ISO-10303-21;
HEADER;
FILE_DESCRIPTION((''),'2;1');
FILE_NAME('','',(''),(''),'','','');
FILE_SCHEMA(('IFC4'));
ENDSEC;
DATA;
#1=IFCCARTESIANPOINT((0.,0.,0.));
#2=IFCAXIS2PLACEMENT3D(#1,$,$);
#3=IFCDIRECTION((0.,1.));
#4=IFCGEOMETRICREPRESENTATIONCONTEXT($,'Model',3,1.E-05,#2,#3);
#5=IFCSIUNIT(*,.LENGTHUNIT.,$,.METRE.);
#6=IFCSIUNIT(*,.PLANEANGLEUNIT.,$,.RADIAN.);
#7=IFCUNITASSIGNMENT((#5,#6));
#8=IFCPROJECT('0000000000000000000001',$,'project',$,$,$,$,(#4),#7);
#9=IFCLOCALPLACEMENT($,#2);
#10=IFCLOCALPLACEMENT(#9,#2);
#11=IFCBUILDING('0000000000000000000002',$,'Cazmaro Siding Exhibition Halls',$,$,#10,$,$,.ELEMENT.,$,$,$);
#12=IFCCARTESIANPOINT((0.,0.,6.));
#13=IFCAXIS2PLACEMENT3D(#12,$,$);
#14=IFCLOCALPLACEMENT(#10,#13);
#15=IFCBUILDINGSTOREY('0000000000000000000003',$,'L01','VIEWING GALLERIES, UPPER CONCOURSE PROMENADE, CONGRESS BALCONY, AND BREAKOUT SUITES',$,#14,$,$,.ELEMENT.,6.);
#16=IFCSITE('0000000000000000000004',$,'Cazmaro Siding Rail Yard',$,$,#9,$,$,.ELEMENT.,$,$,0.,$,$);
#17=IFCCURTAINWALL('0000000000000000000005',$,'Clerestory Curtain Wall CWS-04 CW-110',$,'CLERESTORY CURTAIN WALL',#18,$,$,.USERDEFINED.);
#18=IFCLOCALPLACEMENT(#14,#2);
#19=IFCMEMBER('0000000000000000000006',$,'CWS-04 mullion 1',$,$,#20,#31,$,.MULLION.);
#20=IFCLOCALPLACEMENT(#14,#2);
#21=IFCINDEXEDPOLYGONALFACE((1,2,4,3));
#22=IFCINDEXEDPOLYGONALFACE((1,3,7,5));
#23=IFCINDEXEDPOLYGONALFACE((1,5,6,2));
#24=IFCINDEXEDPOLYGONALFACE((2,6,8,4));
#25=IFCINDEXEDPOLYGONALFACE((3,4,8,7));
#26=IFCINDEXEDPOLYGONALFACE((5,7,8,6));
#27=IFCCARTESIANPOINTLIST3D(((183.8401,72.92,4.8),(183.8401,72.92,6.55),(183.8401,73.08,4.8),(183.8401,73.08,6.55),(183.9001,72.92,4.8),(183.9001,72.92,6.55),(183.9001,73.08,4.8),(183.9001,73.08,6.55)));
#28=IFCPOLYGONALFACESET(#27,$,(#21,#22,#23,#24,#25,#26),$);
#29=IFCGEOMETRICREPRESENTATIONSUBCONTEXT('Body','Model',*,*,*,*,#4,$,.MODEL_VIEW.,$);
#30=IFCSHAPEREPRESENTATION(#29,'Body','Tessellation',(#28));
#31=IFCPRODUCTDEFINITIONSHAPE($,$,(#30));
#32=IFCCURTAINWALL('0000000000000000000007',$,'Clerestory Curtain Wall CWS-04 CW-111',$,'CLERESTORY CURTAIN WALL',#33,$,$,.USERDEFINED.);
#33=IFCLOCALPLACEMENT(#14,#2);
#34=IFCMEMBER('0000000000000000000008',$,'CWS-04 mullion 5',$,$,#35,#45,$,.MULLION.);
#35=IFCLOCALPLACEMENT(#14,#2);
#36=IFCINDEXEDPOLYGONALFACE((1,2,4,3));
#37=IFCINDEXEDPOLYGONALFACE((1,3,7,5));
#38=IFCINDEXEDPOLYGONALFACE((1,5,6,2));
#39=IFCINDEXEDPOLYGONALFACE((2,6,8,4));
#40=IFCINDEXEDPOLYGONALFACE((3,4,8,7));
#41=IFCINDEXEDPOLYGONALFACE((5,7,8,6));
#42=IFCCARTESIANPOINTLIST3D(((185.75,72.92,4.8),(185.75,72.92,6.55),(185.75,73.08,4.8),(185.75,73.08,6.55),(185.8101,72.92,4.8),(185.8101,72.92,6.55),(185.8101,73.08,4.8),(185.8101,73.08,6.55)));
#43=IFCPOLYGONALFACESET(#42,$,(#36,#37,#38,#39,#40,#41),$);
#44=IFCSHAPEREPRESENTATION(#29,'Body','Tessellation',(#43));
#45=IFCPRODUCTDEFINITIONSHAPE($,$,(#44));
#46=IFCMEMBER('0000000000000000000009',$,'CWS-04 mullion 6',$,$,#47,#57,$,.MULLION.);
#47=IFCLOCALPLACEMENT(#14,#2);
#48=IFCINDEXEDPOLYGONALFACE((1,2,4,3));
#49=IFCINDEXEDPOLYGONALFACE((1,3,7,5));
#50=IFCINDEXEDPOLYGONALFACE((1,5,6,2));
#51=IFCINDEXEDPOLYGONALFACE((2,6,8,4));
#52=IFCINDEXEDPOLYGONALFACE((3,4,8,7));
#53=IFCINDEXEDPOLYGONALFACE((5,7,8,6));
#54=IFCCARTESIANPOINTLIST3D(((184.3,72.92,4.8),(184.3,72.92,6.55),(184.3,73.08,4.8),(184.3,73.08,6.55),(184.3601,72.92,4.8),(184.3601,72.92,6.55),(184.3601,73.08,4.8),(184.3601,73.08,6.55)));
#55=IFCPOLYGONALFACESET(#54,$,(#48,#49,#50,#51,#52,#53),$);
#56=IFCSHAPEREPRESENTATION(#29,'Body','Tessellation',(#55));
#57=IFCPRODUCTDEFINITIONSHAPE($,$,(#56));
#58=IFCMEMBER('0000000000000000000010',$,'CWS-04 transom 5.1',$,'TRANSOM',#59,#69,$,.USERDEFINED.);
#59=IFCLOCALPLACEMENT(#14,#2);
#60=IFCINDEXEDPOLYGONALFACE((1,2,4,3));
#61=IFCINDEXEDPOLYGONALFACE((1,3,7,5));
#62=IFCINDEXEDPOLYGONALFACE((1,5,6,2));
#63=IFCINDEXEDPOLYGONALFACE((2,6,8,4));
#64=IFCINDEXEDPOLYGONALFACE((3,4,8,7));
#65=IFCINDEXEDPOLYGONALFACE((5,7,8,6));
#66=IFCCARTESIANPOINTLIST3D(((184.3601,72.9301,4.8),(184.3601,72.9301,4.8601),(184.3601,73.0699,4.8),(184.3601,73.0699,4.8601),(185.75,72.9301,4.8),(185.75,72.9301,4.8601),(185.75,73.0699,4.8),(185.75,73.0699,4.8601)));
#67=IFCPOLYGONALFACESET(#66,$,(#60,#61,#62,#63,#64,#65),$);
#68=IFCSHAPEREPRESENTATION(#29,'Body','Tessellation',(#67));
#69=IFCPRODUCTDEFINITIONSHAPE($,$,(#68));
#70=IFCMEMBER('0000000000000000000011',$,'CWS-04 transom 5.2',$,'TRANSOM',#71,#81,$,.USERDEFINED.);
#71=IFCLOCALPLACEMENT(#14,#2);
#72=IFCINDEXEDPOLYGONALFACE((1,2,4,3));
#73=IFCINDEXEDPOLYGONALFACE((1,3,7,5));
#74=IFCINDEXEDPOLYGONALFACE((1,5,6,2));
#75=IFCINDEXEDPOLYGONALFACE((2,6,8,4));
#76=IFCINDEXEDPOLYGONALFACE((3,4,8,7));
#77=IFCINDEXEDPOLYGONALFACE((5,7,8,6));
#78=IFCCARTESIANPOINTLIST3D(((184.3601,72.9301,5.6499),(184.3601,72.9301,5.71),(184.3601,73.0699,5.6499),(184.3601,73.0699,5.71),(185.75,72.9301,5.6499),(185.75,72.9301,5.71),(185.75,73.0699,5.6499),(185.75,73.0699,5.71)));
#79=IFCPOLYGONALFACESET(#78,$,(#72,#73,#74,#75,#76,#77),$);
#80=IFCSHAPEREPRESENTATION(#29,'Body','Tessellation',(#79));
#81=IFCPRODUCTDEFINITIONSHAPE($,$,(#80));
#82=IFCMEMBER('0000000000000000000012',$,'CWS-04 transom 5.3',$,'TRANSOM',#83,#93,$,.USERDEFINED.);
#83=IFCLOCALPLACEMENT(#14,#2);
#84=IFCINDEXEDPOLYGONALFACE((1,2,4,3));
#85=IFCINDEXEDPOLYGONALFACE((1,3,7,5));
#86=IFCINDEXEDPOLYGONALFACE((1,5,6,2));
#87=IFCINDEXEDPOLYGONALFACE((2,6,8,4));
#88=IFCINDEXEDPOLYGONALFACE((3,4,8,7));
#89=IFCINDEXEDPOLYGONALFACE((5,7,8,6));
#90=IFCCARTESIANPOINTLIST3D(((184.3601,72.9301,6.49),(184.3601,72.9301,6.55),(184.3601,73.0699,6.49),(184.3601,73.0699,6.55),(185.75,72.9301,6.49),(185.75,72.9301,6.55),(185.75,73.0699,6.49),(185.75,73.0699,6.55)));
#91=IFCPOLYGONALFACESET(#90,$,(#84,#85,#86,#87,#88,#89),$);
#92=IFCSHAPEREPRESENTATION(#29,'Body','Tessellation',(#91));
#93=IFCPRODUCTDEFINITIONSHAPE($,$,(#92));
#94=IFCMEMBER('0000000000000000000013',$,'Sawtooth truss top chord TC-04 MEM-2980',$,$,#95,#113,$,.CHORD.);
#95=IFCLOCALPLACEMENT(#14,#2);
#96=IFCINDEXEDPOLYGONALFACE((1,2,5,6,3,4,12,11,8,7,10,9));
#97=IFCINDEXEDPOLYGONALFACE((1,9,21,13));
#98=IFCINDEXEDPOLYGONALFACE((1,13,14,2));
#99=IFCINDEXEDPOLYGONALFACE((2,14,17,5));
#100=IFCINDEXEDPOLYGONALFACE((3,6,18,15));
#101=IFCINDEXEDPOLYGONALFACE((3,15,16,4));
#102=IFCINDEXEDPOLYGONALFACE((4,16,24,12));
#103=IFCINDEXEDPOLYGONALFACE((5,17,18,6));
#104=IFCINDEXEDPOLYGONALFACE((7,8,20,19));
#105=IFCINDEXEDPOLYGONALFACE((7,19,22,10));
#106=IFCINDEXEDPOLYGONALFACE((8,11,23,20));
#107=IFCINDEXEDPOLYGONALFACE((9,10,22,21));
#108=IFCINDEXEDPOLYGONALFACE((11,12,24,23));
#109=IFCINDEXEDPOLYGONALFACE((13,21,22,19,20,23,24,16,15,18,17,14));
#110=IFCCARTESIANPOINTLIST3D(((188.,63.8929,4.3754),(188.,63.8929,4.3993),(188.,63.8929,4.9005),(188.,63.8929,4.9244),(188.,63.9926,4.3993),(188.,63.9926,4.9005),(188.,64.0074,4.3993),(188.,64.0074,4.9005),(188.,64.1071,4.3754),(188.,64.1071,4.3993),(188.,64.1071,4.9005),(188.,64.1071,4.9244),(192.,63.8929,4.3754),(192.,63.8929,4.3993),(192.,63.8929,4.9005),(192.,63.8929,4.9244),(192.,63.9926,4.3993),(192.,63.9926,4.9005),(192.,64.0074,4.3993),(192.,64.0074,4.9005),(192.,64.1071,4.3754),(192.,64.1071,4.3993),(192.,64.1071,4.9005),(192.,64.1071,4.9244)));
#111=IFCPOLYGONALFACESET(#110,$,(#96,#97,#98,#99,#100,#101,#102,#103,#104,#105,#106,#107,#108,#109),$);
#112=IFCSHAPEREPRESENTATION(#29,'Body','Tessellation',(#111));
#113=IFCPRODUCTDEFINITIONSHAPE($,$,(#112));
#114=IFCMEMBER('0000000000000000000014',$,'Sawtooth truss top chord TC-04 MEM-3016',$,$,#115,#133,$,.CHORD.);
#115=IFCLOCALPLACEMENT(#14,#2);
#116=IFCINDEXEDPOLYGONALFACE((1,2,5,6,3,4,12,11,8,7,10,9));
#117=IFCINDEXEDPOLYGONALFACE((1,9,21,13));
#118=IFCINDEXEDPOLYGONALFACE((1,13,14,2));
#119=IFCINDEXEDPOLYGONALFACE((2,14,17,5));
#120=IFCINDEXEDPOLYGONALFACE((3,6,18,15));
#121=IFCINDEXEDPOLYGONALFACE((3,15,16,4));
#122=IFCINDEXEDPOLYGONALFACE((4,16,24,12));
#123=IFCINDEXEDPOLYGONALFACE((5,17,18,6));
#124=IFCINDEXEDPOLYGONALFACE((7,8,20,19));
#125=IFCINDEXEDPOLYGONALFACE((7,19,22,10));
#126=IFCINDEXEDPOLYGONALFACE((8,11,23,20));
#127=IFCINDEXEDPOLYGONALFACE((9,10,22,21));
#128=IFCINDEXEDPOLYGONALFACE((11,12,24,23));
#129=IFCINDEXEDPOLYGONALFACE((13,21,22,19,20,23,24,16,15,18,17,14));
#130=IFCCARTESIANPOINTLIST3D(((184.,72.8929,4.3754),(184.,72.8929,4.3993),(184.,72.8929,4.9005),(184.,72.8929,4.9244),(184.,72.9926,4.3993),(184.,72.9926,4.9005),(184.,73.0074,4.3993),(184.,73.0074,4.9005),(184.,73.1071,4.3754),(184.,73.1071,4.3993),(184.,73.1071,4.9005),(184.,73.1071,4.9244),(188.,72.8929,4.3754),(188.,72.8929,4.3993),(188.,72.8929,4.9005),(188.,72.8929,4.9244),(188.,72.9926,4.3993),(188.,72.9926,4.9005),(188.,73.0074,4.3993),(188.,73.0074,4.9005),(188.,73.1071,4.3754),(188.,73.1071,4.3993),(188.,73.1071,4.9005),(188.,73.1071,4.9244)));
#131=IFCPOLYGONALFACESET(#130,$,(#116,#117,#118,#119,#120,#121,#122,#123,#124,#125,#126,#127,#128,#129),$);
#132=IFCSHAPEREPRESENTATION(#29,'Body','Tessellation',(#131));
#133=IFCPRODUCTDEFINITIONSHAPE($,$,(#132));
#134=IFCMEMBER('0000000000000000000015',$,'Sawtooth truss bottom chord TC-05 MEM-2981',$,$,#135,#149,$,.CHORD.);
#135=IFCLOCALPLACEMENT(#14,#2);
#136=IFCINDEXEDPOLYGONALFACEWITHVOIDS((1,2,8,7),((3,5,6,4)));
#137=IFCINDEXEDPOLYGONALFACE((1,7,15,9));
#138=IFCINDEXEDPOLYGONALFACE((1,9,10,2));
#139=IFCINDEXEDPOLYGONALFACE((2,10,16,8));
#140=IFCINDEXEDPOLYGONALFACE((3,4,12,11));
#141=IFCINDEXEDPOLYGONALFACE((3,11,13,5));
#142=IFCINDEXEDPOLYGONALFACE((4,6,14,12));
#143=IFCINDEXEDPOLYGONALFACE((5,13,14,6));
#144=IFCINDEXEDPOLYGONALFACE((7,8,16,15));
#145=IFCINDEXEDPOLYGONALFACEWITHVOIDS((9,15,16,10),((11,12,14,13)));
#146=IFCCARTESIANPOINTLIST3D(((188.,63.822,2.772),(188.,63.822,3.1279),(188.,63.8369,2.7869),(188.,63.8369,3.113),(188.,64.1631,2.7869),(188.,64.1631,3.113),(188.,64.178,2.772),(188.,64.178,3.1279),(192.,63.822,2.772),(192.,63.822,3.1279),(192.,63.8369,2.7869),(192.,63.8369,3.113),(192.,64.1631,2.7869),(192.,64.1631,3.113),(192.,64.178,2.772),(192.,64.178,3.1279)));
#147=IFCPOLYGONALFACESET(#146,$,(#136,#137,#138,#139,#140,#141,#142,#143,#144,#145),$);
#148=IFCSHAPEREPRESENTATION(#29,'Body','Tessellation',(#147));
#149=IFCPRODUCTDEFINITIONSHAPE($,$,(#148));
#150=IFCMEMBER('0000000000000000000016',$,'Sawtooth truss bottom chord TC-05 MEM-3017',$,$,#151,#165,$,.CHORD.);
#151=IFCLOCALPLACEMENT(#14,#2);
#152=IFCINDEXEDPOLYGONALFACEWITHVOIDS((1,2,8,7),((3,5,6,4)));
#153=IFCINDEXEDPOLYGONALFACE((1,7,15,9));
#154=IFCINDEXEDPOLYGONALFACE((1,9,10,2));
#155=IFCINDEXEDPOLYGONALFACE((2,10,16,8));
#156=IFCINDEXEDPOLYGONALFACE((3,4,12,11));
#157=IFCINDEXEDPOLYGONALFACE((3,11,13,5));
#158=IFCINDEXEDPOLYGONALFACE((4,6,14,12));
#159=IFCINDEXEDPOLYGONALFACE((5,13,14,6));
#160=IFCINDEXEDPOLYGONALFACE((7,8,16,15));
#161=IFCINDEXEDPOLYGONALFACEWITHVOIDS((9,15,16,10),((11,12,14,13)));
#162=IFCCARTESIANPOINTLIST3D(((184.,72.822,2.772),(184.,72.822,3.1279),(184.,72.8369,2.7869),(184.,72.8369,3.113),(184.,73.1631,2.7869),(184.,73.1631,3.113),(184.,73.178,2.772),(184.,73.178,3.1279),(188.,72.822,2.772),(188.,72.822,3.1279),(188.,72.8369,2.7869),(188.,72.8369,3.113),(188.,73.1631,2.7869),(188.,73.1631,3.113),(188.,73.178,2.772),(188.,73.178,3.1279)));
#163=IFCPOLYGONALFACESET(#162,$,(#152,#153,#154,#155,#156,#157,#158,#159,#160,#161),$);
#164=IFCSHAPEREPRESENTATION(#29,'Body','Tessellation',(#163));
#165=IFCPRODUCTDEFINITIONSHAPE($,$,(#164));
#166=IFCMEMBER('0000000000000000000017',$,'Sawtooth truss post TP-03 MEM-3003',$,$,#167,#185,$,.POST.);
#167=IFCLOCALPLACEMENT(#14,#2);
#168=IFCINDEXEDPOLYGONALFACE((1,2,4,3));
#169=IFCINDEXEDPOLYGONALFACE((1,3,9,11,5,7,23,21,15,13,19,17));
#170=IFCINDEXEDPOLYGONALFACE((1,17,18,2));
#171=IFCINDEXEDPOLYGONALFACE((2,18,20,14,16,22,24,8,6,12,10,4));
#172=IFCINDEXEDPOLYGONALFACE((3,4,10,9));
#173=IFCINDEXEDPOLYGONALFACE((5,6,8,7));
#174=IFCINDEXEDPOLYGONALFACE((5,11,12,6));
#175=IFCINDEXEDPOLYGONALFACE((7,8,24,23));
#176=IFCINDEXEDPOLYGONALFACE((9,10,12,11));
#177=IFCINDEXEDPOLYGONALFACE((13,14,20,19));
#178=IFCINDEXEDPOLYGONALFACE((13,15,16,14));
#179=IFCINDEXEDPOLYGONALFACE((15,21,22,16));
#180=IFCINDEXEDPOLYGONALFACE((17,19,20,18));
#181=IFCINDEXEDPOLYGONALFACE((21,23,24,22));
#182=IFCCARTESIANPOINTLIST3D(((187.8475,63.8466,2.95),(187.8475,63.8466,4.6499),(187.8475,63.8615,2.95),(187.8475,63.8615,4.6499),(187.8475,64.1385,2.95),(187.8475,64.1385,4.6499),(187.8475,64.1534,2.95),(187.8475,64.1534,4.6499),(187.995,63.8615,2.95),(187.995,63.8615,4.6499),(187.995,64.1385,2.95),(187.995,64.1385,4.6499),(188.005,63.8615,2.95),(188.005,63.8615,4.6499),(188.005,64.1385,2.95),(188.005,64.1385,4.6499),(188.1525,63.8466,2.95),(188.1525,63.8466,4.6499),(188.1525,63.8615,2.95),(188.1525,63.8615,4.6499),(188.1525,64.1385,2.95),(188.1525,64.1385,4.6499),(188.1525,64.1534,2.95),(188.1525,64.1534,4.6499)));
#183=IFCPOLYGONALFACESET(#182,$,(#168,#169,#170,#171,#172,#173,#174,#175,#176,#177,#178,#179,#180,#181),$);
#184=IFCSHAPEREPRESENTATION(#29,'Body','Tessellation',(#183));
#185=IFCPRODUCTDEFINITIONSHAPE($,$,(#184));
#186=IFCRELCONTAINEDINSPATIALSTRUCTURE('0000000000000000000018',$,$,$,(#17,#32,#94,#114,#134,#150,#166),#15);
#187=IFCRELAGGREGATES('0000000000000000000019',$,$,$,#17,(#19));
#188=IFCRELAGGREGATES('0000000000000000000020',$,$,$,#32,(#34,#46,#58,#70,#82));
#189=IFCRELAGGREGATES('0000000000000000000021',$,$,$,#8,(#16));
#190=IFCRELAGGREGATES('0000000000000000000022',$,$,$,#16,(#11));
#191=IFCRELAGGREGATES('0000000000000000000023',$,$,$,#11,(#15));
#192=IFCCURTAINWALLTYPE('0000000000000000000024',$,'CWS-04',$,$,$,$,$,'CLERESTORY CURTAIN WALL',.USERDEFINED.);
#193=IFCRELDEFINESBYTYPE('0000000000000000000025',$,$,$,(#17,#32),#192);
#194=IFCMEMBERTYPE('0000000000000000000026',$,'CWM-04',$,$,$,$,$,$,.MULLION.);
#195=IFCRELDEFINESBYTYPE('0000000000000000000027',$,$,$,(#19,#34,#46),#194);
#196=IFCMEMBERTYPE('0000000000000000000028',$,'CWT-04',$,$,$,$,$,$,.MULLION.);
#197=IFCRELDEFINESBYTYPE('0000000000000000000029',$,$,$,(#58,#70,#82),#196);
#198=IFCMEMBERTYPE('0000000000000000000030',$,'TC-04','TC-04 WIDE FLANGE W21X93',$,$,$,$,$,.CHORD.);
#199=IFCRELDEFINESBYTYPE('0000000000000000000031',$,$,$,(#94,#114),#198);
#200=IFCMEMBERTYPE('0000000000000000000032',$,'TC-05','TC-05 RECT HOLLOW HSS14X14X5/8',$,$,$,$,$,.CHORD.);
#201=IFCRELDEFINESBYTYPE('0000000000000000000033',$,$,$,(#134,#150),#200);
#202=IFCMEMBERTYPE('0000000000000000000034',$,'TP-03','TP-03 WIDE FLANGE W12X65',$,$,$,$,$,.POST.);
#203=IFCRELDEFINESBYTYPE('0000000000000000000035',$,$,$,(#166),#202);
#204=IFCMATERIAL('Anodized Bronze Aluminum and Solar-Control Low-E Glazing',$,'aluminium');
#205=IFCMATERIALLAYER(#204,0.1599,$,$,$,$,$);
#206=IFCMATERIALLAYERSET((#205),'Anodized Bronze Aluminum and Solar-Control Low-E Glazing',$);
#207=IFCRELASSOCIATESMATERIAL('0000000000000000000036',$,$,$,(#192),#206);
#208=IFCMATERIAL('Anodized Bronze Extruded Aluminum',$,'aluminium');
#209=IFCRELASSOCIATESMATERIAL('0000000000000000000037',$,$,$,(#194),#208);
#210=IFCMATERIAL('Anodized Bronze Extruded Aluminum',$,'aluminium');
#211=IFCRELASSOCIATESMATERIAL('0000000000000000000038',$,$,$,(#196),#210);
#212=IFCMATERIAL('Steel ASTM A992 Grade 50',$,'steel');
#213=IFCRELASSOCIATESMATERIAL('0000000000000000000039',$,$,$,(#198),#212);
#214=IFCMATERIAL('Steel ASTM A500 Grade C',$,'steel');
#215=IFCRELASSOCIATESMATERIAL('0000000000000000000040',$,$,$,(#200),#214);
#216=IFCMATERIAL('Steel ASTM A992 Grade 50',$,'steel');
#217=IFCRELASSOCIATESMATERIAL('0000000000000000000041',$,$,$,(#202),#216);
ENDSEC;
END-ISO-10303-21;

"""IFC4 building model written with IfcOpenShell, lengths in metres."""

from ifc_helpers import new_model, si_unit, direction, frame, origin, origin_2d, place, context, subcontext, project, spatial, rectangle, hollow_rectangle, i_section, extrude, material, layer, layer_set, material_profile, profile_set, type_object, element, aggregate, save


model = new_model("IFC4")

# Units and contexts
model_context = context("Model", 3, precision=1e-05, world=origin(), true_north=direction((0.0, 1.0)))
body_context = subcontext(model_context, "Body", "Model", "MODEL_VIEW")
ifc_project = project(units=[si_unit("LENGTHUNIT", "METRE"), si_unit("PLANEANGLEUNIT", "RADIAN")], contexts=[model_context])

# Site, building, storey
site_placement = place(None, origin())
site = spatial("IfcSite", under=ifc_project, at=site_placement, Name="Cazmaro Siding Rail Yard", CompositionType="ELEMENT", RefElevation=0.0)
building_placement = place(site_placement, origin())
building = spatial("IfcBuilding", under=site, at=building_placement, Name="Cazmaro Siding Exhibition Halls", CompositionType="ELEMENT")
storey_placement = place(building_placement, frame((0.0, 0.0, 6.0)))
storey = spatial("IfcBuildingStorey", under=building, at=storey_placement, Name="L01", Description="VIEWING GALLERIES, UPPER CONCOURSE PROMENADE, CONGRESS BALCONY, AND BREAKOUT SUITES", CompositionType="ELEMENT", Elevation=6.0)

# Curtain wall, member
ifc_material_1 = material(Name="Anodized Bronze Aluminum and Solar-Control Low-E Glazing", Category="aluminium")
ifc_layer_1 = layer(ifc_material_1, 0.1599)
ifc_layer_set_1 = layer_set([ifc_layer_1], Name="Anodized Bronze Aluminum and Solar-Control Low-E Glazing")
curtain_wall_type = type_object("IfcCurtainWallType", Name="CWS-04", ElementType="CLERESTORY CURTAIN WALL", PredefinedType="USERDEFINED", material=ifc_layer_set_1)
curtain_wall_1_placement = place(storey_placement, origin())
curtain_wall_1 = element("IfcCurtainWall", 1, at=curtain_wall_1_placement, inside=storey, type_object=curtain_wall_type, Name="Clerestory Curtain Wall CWS-04 CW-110", ObjectType="CLERESTORY CURTAIN WALL", PredefinedType="USERDEFINED")
ifc_material_2 = material(Name="Anodized Bronze Extruded Aluminum", Category="aluminium")
ifc_material_profile_1 = material_profile(ifc_material_2, rectangle(XDim=0.1599, YDim=0.0601, at=origin_2d()), Name="CWM-04")
ifc_profile_set_1 = profile_set([ifc_material_profile_1], Name="Anodized Bronze Extruded Aluminum")
member_type_1 = type_object("IfcMemberType", Name="CWM-04", PredefinedType="MULLION", material=ifc_profile_set_1)
member_1_placement = place(storey_placement, frame((183.8701, 73.0, 4.8), z_axis=(0.0, 0.0, 1.0), x_axis=(0.0, -1.0, 0.0)))
member_1 = element("IfcMember", 2, at=member_1_placement, type_object=member_type_1, Name="CWS-04 mullion 1", PredefinedType="MULLION", context=body_context, shape_type="SweptSolid", body=[
    extrude(rectangle(XDim=0.1599, YDim=0.0601, at=origin_2d()), origin(), (0.0, 0.0, 1.0), 1.75),
])
aggregate(curtain_wall_1, [member_1])

# Curtain wall, members
curtain_wall_2_placement = place(storey_placement, origin())
curtain_wall_2 = element("IfcCurtainWall", 3, at=curtain_wall_2_placement, inside=storey, type_object=curtain_wall_type, Name="Clerestory Curtain Wall CWS-04 CW-111", ObjectType="CLERESTORY CURTAIN WALL", PredefinedType="USERDEFINED")
member_2_placement = place(storey_placement, frame((185.78, 73.0, 4.8), z_axis=(0.0, 0.0, 1.0), x_axis=(0.0, -1.0, 0.0)))
member_2 = element("IfcMember", 4, at=member_2_placement, type_object=member_type_1, Name="CWS-04 mullion 5", PredefinedType="MULLION", context=body_context, shape_type="SweptSolid", body=[
    extrude(rectangle(XDim=0.1599, YDim=0.0601, at=origin_2d()), origin(), (0.0, 0.0, 1.0), 1.75),
])
member_3_placement = place(storey_placement, frame((184.3301, 73.0, 4.8), z_axis=(0.0, 0.0, 1.0), x_axis=(0.0, -1.0, 0.0)))
member_3 = element("IfcMember", 5, at=member_3_placement, type_object=member_type_1, Name="CWS-04 mullion 6", PredefinedType="MULLION", context=body_context, shape_type="SweptSolid", body=[
    extrude(rectangle(XDim=0.1599, YDim=0.0601, at=origin_2d()), origin(), (0.0, 0.0, 1.0), 1.75),
])
ifc_material_3 = material(Name="Anodized Bronze Extruded Aluminum", Category="aluminium")
ifc_material_profile_2 = material_profile(ifc_material_3, rectangle(XDim=0.1399, YDim=0.0601, at=origin_2d()), Name="CWT-04")
ifc_profile_set_2 = profile_set([ifc_material_profile_2], Name="Anodized Bronze Extruded Aluminum")
member_type_2 = type_object("IfcMemberType", Name="CWT-04", PredefinedType="MULLION", material=ifc_profile_set_2)
member_4_placement = place(storey_placement, frame((185.75, 73.0, 4.8301), z_axis=(-1.0, 0.0, 0.0), x_axis=(0.0, -1.0, 0.0)))
member_4 = element("IfcMember", 6, at=member_4_placement, type_object=member_type_2, Name="CWS-04 transom 5.1", ObjectType="TRANSOM", PredefinedType="USERDEFINED", context=body_context, shape_type="SweptSolid", body=[
    extrude(rectangle(XDim=0.1399, YDim=0.0601, at=origin_2d()), origin(), (0.0, 0.0, 1.0), 1.3899),
])
member_5_placement = place(storey_placement, frame((185.75, 73.0, 5.6799), z_axis=(-1.0, 0.0, 0.0), x_axis=(0.0, -1.0, 0.0)))
member_5 = element("IfcMember", 7, at=member_5_placement, type_object=member_type_2, Name="CWS-04 transom 5.2", ObjectType="TRANSOM", PredefinedType="USERDEFINED", context=body_context, shape_type="SweptSolid", body=[
    extrude(rectangle(XDim=0.1399, YDim=0.0601, at=origin_2d()), origin(), (0.0, 0.0, 1.0), 1.3899),
])
member_6_placement = place(storey_placement, frame((185.75, 73.0, 6.52), z_axis=(-1.0, 0.0, 0.0), x_axis=(0.0, -1.0, 0.0)))
member_6 = element("IfcMember", 8, at=member_6_placement, type_object=member_type_2, Name="CWS-04 transom 5.3", ObjectType="TRANSOM", PredefinedType="USERDEFINED", context=body_context, shape_type="SweptSolid", body=[
    extrude(rectangle(XDim=0.1399, YDim=0.0601, at=origin_2d()), origin(), (0.0, 0.0, 1.0), 1.3899),
])

# Members
ifc_material_4 = material(Name="Steel ASTM A992 Grade 50", Category="steel")
ifc_material_profile_3 = material_profile(ifc_material_4, i_section(OverallWidth=0.2141, OverallDepth=0.5491, WebThickness=0.0149, FlangeThickness=0.0239, at=origin_2d()), Name="W21X93")
ifc_profile_set_3 = profile_set([ifc_material_profile_3], Name="Steel ASTM A992 Grade 50")
member_type_3 = type_object("IfcMemberType", Name="TC-04", Description="TC-04 WIDE FLANGE W21X93", PredefinedType="CHORD", material=ifc_profile_set_3)
for number, where, z_axis, x_axis, name in (
    (9, (188.0, 64.0, 4.6499), (1.0, 0.0, 0.0), (0.0, 1.0, 0.0), "Sawtooth truss top chord TC-04 MEM-2980"),
    (10, (184.0, 73.0, 4.6499), (1.0, 0.0, 0.0), (0.0, 1.0, 0.0), "Sawtooth truss top chord TC-04 MEM-3016"),
):
    element("IfcMember", number, at=place(storey_placement, frame(where, z_axis=z_axis, x_axis=x_axis)), inside=storey, type_object=member_type_3, Name=name, PredefinedType="CHORD", context=body_context, shape_type="SweptSolid", body=[
        extrude(i_section(OverallWidth=0.2141, OverallDepth=0.5491, WebThickness=0.0149, FlangeThickness=0.0239, at=origin_2d()), origin(), (0.0, 0.0, 1.0), 4.0),
    ])
ifc_material_5 = material(Name="Steel ASTM A500 Grade C", Category="steel")
ifc_material_profile_4 = material_profile(ifc_material_5, hollow_rectangle(XDim=0.356, YDim=0.356, WallThickness=0.0149, at=origin_2d()), Name="HSS14X14X5/8")
ifc_profile_set_4 = profile_set([ifc_material_profile_4], Name="Steel ASTM A500 Grade C")
member_type_4 = type_object("IfcMemberType", Name="TC-05", Description="TC-05 RECT HOLLOW HSS14X14X5/8", PredefinedType="CHORD", material=ifc_profile_set_4)
for number, where, z_axis, x_axis, name in (
    (11, (188.0, 64.0, 2.95), (1.0, 0.0, 0.0), (0.0, 1.0, 0.0), "Sawtooth truss bottom chord TC-05 MEM-2981"),
    (12, (184.0, 73.0, 2.95), (1.0, 0.0, 0.0), (0.0, 1.0, 0.0), "Sawtooth truss bottom chord TC-05 MEM-3017"),
):
    element("IfcMember", number, at=place(storey_placement, frame(where, z_axis=z_axis, x_axis=x_axis)), inside=storey, type_object=member_type_4, Name=name, PredefinedType="CHORD", context=body_context, shape_type="SweptSolid", body=[
        extrude(hollow_rectangle(XDim=0.356, YDim=0.356, WallThickness=0.0149, at=origin_2d()), origin(), (0.0, 0.0, 1.0), 4.0),
    ])
ifc_material_6 = material(Name="Steel ASTM A992 Grade 50", Category="steel")
ifc_material_profile_5 = material_profile(ifc_material_6, i_section(OverallWidth=0.3049, OverallDepth=0.3069, WebThickness=0.01, FlangeThickness=0.0149, at=origin_2d()), Name="W12X65")
ifc_profile_set_5 = profile_set([ifc_material_profile_5], Name="Steel ASTM A992 Grade 50")
member_type_5 = type_object("IfcMemberType", Name="TP-03", Description="TP-03 WIDE FLANGE W12X65", PredefinedType="POST", material=ifc_profile_set_5)
for number, where, z_axis, x_axis, name in (
    (13, (188.0, 64.0, 2.95), (0.0, 0.0, 1.0), (1.0, 0.0, 0.0), "Sawtooth truss post TP-03 MEM-3003"),
):
    element("IfcMember", number, at=place(storey_placement, frame(where, z_axis=z_axis, x_axis=x_axis)), inside=storey, type_object=member_type_5, Name=name, PredefinedType="POST", context=body_context, shape_type="SweptSolid", body=[
        extrude(i_section(OverallWidth=0.3049, OverallDepth=0.3069, WebThickness=0.01, FlangeThickness=0.0149, at=origin_2d()), origin(), (0.0, 0.0, 1.0), 1.7),
    ])

aggregate(curtain_wall_2, [member_2, member_3, member_4, member_5, member_6])

save(model, "model.ifc")
